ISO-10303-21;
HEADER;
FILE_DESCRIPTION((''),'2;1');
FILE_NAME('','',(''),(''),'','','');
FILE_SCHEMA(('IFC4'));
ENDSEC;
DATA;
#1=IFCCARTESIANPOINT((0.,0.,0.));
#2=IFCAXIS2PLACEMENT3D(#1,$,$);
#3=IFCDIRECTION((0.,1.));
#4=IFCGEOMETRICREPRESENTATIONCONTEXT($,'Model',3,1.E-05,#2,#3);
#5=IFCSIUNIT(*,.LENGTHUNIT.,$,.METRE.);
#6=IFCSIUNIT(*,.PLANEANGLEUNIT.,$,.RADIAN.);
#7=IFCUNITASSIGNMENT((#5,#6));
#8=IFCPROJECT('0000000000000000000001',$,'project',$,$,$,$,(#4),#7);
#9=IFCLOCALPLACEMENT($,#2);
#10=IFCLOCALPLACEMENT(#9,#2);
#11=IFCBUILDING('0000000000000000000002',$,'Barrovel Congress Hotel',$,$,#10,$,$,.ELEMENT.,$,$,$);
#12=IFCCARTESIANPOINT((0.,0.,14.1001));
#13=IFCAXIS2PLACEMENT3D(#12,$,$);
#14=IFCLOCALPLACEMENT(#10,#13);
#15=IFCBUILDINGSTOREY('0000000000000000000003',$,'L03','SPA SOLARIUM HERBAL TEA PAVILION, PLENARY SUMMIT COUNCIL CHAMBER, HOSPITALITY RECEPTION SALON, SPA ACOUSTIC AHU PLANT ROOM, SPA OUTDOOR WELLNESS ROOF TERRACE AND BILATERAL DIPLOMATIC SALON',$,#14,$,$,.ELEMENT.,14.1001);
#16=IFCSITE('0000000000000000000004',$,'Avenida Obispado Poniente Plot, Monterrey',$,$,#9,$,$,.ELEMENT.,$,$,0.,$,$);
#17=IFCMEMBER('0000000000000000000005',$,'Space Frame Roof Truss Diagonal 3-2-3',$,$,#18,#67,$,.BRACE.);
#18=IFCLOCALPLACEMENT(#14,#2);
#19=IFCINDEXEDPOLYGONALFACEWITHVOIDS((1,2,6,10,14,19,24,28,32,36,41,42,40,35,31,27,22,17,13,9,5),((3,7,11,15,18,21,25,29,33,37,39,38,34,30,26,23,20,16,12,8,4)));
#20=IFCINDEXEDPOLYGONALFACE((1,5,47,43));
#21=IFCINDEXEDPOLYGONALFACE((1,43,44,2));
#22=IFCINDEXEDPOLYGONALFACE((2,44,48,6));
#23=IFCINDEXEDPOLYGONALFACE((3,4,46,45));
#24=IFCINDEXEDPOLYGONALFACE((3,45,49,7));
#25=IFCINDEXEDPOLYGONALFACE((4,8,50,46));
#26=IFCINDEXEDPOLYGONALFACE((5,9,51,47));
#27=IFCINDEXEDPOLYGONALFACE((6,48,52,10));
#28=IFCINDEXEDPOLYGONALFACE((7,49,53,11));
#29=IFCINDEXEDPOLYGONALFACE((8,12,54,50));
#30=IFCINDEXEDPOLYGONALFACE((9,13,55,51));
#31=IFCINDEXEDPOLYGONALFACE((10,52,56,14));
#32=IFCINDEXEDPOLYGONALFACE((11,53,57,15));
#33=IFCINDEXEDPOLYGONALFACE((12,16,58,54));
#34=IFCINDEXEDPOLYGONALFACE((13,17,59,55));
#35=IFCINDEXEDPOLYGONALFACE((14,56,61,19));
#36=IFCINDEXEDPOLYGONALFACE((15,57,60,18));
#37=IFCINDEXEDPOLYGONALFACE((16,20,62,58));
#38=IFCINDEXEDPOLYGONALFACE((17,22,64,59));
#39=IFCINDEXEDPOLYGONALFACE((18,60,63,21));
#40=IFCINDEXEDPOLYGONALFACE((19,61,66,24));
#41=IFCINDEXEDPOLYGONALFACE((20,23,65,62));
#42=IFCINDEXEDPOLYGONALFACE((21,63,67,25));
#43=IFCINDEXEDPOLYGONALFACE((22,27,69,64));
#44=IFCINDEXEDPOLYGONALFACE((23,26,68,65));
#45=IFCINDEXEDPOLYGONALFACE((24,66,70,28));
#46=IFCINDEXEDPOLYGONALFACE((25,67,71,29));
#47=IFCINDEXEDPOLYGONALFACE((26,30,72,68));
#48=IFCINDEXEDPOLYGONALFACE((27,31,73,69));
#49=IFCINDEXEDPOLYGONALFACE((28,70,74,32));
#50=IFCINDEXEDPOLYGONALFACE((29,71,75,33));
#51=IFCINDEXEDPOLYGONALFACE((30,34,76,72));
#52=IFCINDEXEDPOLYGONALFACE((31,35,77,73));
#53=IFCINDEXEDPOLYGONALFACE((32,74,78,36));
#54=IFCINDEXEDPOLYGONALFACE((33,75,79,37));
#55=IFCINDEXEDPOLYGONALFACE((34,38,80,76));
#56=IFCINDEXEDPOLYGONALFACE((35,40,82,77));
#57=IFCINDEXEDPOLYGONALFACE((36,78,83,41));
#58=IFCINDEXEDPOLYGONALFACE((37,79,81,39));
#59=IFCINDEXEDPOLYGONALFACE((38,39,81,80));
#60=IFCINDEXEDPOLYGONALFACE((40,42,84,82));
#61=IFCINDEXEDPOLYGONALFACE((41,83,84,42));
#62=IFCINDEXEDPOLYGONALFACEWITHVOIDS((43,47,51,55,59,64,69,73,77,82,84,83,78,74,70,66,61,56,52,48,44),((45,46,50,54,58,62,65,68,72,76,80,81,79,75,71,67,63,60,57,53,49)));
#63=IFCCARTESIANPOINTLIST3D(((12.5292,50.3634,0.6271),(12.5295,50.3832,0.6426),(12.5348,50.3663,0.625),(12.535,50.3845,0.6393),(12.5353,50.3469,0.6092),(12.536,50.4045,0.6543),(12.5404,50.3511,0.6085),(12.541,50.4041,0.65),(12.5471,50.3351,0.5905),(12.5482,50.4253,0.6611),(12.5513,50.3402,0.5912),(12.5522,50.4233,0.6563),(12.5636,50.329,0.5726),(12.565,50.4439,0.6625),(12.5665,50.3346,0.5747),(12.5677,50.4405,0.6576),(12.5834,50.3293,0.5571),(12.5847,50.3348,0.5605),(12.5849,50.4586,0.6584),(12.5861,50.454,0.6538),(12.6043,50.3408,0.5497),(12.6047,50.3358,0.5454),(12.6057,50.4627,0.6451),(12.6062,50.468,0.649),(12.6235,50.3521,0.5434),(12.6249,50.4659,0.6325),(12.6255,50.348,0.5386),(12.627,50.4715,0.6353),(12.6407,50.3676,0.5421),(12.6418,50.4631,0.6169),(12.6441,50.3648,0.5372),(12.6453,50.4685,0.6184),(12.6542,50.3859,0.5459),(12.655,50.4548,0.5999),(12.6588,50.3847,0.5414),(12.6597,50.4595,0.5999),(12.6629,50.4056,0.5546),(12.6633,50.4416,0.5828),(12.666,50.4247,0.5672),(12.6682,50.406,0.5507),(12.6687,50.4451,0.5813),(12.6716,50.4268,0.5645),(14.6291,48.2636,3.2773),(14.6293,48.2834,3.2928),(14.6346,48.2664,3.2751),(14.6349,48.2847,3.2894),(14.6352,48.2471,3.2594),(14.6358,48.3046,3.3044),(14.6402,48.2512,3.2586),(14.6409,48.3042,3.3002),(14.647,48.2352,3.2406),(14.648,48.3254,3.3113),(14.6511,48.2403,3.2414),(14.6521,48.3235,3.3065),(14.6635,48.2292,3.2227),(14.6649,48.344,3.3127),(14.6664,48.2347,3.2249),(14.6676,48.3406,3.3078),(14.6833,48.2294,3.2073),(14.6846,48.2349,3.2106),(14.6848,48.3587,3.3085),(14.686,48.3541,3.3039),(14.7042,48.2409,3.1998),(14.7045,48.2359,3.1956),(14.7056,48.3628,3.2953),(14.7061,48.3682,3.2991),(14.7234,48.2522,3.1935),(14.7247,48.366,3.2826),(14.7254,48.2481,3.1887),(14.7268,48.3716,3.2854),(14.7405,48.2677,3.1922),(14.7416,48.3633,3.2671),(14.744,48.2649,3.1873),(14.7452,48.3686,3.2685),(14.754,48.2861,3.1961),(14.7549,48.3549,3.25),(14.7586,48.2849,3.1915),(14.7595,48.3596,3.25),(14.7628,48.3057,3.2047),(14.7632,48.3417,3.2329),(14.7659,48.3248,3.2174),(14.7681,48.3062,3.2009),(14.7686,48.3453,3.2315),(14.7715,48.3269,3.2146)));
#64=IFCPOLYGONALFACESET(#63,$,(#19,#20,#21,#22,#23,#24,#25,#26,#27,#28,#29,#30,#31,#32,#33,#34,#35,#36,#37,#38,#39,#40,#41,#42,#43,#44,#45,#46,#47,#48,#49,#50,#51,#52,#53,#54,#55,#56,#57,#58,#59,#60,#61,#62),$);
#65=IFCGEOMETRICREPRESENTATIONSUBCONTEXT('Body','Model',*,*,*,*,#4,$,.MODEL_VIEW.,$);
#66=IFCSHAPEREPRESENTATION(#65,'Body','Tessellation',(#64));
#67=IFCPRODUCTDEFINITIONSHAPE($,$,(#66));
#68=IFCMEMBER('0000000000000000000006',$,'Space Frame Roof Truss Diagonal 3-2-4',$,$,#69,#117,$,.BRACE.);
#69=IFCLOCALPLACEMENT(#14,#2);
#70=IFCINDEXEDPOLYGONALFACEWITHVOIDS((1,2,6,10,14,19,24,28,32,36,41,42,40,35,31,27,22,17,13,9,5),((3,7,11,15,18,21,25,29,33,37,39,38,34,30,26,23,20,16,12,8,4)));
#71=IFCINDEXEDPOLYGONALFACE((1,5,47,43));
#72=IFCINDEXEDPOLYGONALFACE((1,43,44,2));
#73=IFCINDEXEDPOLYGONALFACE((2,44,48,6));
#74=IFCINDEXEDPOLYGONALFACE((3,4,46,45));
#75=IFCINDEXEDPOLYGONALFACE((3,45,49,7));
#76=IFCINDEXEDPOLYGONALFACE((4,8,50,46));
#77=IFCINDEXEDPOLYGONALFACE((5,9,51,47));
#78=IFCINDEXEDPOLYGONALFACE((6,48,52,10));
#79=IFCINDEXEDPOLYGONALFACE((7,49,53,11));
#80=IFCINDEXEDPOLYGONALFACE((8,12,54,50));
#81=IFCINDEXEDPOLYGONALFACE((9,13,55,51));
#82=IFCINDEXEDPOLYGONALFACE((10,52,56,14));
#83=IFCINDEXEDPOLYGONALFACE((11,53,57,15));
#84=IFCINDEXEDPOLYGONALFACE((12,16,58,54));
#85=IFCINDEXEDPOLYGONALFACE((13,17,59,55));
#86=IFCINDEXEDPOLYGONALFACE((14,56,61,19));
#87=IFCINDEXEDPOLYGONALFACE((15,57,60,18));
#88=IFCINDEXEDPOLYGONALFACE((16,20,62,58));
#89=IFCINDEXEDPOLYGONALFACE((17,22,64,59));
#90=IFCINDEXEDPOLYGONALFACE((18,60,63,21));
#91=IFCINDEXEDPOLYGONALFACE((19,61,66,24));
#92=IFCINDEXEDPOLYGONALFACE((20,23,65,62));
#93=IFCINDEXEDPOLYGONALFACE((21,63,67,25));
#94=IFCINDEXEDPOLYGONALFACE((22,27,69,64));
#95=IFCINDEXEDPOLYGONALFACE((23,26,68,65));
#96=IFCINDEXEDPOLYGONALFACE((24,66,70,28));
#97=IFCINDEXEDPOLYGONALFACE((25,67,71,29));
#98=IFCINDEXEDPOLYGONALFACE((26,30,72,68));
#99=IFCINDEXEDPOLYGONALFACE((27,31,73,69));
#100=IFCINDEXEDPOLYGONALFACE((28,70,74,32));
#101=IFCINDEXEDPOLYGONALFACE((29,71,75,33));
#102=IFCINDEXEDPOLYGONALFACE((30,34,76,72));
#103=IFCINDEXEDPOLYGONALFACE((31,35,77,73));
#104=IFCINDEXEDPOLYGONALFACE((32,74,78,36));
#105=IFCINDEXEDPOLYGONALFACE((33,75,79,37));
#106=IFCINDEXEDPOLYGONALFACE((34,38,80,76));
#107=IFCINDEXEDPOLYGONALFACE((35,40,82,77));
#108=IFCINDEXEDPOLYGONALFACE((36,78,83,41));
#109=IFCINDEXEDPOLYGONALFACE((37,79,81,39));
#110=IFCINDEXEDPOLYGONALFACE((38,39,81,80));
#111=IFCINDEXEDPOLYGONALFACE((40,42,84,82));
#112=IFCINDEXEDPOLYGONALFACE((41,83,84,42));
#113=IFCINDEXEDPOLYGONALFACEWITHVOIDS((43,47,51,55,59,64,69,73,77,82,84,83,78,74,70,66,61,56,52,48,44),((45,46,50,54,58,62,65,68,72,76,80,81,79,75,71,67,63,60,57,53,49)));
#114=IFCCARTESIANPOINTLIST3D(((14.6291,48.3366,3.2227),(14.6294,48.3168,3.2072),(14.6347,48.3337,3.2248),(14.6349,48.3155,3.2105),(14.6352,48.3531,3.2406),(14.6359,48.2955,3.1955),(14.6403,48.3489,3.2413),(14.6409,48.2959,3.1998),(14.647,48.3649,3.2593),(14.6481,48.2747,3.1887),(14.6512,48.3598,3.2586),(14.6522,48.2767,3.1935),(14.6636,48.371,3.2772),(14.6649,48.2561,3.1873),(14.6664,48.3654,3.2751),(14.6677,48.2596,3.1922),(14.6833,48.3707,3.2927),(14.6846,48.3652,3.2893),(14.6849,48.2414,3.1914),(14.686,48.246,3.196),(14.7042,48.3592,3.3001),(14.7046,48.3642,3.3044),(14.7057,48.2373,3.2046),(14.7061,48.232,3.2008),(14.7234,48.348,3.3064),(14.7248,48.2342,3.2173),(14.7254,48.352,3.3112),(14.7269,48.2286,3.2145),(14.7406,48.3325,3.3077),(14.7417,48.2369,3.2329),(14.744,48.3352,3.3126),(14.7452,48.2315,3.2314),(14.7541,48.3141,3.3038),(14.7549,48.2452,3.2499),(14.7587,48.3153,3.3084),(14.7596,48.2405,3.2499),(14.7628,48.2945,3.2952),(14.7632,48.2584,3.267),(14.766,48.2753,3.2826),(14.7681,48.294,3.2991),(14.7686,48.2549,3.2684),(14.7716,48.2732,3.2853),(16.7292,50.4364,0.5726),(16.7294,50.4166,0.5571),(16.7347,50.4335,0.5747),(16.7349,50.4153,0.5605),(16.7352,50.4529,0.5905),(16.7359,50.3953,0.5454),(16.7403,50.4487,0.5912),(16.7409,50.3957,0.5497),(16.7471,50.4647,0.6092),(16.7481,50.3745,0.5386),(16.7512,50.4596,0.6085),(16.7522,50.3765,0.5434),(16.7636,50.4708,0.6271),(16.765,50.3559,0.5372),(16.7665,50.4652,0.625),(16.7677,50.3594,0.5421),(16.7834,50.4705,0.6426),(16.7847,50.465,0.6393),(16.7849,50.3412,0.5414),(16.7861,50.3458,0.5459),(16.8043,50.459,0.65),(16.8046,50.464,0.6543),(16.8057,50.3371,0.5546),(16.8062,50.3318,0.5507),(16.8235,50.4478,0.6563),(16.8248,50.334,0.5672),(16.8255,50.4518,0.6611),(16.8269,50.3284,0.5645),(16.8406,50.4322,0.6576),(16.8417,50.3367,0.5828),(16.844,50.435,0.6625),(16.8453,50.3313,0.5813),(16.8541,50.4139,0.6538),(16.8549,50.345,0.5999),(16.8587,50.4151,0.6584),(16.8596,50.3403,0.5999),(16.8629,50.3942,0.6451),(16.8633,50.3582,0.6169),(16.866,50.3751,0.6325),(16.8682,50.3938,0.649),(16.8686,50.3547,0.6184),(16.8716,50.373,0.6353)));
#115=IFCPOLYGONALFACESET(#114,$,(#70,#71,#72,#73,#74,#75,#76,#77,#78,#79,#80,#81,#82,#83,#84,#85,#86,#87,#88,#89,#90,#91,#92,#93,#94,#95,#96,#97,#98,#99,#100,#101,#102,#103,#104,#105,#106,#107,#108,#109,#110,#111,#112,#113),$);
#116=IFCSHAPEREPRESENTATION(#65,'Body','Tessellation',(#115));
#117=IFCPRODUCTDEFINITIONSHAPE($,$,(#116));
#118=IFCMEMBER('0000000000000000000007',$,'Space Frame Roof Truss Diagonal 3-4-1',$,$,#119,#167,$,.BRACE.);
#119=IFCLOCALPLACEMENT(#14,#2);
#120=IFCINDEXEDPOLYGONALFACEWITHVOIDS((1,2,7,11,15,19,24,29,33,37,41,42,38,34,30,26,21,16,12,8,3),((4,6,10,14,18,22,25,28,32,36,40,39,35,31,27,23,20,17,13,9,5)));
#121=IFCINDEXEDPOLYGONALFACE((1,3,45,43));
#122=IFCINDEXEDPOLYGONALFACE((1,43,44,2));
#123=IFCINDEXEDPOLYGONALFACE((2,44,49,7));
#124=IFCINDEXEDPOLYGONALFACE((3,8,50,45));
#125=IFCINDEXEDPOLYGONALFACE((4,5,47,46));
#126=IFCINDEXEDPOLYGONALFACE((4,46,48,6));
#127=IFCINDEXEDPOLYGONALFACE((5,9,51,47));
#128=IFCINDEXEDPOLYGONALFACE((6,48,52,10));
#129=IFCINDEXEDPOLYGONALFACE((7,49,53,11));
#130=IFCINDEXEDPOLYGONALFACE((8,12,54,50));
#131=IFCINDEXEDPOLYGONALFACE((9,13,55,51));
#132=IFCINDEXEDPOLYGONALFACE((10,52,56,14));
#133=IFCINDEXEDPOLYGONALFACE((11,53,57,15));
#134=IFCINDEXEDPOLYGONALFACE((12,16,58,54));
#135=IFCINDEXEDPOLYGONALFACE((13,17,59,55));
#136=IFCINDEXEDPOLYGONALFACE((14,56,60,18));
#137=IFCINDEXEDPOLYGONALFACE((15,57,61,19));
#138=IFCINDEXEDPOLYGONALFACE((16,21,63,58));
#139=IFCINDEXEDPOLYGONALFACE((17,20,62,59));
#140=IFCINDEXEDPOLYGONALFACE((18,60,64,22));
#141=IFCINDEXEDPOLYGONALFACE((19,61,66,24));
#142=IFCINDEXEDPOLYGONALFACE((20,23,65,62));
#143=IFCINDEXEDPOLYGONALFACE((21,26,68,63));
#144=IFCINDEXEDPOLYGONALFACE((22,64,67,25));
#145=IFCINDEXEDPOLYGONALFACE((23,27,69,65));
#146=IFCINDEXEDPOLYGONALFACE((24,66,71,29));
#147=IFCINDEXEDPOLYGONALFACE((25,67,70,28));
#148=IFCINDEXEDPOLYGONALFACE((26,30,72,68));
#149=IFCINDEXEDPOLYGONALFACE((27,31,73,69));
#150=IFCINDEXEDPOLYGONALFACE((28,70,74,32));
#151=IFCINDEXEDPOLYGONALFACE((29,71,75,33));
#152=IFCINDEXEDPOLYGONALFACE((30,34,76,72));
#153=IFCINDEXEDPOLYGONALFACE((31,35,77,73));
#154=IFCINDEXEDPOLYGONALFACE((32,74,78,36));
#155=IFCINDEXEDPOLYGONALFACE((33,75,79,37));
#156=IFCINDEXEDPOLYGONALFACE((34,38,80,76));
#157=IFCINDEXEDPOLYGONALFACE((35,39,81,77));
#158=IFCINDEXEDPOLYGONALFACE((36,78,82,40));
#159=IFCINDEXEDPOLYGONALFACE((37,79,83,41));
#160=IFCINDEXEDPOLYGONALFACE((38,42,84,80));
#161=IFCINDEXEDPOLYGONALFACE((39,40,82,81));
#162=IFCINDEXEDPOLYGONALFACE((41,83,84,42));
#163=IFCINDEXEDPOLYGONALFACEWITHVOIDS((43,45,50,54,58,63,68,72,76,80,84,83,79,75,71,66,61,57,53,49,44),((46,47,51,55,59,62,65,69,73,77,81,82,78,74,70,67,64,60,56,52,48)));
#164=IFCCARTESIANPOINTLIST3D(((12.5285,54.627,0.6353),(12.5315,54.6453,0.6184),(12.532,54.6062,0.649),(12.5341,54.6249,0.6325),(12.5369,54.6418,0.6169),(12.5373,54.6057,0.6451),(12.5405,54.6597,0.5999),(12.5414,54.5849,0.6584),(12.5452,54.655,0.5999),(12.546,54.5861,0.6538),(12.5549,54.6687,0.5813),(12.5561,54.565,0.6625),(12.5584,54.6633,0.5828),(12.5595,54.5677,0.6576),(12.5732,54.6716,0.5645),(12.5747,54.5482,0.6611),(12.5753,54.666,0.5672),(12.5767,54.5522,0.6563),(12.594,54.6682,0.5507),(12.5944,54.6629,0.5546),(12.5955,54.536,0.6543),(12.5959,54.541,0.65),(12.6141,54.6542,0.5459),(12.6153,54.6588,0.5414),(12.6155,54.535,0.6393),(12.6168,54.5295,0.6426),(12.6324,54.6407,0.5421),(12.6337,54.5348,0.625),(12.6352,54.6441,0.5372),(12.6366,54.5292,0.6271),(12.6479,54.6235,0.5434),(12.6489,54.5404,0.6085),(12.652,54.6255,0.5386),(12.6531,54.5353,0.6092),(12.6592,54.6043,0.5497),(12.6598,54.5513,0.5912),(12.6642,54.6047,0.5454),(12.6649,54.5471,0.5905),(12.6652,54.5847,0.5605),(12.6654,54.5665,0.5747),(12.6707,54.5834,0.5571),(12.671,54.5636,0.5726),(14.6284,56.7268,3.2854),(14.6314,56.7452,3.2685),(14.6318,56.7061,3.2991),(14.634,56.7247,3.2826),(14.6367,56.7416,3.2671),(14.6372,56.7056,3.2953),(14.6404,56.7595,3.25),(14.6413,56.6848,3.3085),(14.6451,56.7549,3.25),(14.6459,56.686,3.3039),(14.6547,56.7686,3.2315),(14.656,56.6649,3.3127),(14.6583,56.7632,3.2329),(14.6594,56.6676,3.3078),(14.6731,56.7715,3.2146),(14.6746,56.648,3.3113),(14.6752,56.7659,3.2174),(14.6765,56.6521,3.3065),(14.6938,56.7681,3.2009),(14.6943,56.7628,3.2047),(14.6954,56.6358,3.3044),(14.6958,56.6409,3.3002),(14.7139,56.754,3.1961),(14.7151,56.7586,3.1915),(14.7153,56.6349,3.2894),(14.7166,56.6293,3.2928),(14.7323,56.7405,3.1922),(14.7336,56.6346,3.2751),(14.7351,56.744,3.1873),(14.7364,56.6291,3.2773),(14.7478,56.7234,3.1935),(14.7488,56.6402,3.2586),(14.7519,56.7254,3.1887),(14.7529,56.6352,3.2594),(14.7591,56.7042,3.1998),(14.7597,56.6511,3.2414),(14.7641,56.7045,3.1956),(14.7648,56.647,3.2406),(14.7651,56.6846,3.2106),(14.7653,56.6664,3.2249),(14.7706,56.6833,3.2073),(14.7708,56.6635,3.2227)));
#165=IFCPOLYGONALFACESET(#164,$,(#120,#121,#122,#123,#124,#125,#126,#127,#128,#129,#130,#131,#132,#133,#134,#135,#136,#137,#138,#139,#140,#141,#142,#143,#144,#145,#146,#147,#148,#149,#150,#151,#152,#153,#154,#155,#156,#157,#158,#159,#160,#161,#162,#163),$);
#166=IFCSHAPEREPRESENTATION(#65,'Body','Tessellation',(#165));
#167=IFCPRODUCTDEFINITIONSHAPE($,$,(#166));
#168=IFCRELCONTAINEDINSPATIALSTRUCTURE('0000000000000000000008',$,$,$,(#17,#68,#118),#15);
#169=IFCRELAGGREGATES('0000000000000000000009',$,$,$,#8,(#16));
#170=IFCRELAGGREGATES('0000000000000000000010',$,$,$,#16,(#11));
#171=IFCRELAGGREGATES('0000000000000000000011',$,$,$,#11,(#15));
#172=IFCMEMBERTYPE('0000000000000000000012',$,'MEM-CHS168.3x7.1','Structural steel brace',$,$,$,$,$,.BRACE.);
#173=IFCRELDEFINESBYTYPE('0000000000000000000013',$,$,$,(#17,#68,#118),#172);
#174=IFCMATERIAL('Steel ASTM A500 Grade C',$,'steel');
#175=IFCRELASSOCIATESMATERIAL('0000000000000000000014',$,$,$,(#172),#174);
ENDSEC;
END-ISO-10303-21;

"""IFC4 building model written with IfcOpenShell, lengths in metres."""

from ifc_helpers import new_model, si_unit, direction, frame, origin, origin_2d, place, context, subcontext, project, spatial, hollow_circle, extrude, material, material_profile, profile_set, type_object, element, save


model = new_model("IFC4")

# Units and contexts
model_context = context("Model", 3, precision=1e-05, world=origin(), true_north=direction((0.0, 1.0)))
body_context = subcontext(model_context, "Body", "Model", "MODEL_VIEW")
ifc_project = project(units=[si_unit("LENGTHUNIT", "METRE"), si_unit("PLANEANGLEUNIT", "RADIAN")], contexts=[model_context])

# Site, building, storey
site_placement = place(None, origin())
site = spatial("IfcSite", under=ifc_project, at=site_placement, Name="Avenida Obispado Poniente Plot, Monterrey", CompositionType="ELEMENT", RefElevation=0.0)
building_placement = place(site_placement, origin())
building = spatial("IfcBuilding", under=site, at=building_placement, Name="Barrovel Congress Hotel", CompositionType="ELEMENT")
storey_placement = place(building_placement, frame((0.0, 0.0, 14.1001)))
storey = spatial("IfcBuildingStorey", under=building, at=storey_placement, Name="L03", Description="SPA SOLARIUM HERBAL TEA PAVILION, PLENARY SUMMIT COUNCIL CHAMBER, HOSPITALITY RECEPTION SALON, SPA ACOUSTIC AHU PLANT ROOM, SPA OUTDOOR WELLNESS ROOF TERRACE AND BILATERAL DIPLOMATIC SALON", CompositionType="ELEMENT", Elevation=14.1001)

# Members
ifc_material_1 = material(Name="Steel ASTM A500 Grade C", Category="steel")
ifc_material_profile_1 = material_profile(ifc_material_1, hollow_circle(Radius=0.0842, WallThickness=0.0066, at=origin_2d()), Name="CHS168.3x7.1")
ifc_profile_set_1 = profile_set([ifc_material_profile_1], Name="Steel ASTM A500 Grade C")
member_type_1 = type_object("IfcMemberType", Name="MEM-CHS168.3x7.1", Description="Structural steel brace", PredefinedType="BRACE", material=ifc_profile_set_1)
for number, where, z_axis, x_axis, name in (
    (1, (12.6001, 50.3999, 0.5999), (0.527574, -0.527574, 0.665831), (0.707107, 0.707107, 0.0), "Space Frame Roof Truss Diagonal 3-2-3"),
    (2, (16.8, 50.3999, 0.5999), (-0.527618, -0.527557, 0.66581), (0.707066, -0.707148, 0.0), "Space Frame Roof Truss Diagonal 3-2-4"),
    (3, (12.6001, 54.6001, 0.5999), (0.527574, 0.527574, 0.665831), (-0.707107, 0.707107, 0.0), "Space Frame Roof Truss Diagonal 3-4-1"),
):
    element("IfcMember", number, at=place(storey_placement, frame(where, z_axis=z_axis, x_axis=x_axis)), inside=storey, type_object=member_type_1, Name=name, PredefinedType="BRACE", context=body_context, shape_type="SweptSolid", body=[
        extrude(hollow_circle(Radius=0.0842, WallThickness=0.0066, at=origin_2d()), origin(), (0.0, 0.0, 1.0), 3.9802),
    ])

save(model, "model.ifc")
